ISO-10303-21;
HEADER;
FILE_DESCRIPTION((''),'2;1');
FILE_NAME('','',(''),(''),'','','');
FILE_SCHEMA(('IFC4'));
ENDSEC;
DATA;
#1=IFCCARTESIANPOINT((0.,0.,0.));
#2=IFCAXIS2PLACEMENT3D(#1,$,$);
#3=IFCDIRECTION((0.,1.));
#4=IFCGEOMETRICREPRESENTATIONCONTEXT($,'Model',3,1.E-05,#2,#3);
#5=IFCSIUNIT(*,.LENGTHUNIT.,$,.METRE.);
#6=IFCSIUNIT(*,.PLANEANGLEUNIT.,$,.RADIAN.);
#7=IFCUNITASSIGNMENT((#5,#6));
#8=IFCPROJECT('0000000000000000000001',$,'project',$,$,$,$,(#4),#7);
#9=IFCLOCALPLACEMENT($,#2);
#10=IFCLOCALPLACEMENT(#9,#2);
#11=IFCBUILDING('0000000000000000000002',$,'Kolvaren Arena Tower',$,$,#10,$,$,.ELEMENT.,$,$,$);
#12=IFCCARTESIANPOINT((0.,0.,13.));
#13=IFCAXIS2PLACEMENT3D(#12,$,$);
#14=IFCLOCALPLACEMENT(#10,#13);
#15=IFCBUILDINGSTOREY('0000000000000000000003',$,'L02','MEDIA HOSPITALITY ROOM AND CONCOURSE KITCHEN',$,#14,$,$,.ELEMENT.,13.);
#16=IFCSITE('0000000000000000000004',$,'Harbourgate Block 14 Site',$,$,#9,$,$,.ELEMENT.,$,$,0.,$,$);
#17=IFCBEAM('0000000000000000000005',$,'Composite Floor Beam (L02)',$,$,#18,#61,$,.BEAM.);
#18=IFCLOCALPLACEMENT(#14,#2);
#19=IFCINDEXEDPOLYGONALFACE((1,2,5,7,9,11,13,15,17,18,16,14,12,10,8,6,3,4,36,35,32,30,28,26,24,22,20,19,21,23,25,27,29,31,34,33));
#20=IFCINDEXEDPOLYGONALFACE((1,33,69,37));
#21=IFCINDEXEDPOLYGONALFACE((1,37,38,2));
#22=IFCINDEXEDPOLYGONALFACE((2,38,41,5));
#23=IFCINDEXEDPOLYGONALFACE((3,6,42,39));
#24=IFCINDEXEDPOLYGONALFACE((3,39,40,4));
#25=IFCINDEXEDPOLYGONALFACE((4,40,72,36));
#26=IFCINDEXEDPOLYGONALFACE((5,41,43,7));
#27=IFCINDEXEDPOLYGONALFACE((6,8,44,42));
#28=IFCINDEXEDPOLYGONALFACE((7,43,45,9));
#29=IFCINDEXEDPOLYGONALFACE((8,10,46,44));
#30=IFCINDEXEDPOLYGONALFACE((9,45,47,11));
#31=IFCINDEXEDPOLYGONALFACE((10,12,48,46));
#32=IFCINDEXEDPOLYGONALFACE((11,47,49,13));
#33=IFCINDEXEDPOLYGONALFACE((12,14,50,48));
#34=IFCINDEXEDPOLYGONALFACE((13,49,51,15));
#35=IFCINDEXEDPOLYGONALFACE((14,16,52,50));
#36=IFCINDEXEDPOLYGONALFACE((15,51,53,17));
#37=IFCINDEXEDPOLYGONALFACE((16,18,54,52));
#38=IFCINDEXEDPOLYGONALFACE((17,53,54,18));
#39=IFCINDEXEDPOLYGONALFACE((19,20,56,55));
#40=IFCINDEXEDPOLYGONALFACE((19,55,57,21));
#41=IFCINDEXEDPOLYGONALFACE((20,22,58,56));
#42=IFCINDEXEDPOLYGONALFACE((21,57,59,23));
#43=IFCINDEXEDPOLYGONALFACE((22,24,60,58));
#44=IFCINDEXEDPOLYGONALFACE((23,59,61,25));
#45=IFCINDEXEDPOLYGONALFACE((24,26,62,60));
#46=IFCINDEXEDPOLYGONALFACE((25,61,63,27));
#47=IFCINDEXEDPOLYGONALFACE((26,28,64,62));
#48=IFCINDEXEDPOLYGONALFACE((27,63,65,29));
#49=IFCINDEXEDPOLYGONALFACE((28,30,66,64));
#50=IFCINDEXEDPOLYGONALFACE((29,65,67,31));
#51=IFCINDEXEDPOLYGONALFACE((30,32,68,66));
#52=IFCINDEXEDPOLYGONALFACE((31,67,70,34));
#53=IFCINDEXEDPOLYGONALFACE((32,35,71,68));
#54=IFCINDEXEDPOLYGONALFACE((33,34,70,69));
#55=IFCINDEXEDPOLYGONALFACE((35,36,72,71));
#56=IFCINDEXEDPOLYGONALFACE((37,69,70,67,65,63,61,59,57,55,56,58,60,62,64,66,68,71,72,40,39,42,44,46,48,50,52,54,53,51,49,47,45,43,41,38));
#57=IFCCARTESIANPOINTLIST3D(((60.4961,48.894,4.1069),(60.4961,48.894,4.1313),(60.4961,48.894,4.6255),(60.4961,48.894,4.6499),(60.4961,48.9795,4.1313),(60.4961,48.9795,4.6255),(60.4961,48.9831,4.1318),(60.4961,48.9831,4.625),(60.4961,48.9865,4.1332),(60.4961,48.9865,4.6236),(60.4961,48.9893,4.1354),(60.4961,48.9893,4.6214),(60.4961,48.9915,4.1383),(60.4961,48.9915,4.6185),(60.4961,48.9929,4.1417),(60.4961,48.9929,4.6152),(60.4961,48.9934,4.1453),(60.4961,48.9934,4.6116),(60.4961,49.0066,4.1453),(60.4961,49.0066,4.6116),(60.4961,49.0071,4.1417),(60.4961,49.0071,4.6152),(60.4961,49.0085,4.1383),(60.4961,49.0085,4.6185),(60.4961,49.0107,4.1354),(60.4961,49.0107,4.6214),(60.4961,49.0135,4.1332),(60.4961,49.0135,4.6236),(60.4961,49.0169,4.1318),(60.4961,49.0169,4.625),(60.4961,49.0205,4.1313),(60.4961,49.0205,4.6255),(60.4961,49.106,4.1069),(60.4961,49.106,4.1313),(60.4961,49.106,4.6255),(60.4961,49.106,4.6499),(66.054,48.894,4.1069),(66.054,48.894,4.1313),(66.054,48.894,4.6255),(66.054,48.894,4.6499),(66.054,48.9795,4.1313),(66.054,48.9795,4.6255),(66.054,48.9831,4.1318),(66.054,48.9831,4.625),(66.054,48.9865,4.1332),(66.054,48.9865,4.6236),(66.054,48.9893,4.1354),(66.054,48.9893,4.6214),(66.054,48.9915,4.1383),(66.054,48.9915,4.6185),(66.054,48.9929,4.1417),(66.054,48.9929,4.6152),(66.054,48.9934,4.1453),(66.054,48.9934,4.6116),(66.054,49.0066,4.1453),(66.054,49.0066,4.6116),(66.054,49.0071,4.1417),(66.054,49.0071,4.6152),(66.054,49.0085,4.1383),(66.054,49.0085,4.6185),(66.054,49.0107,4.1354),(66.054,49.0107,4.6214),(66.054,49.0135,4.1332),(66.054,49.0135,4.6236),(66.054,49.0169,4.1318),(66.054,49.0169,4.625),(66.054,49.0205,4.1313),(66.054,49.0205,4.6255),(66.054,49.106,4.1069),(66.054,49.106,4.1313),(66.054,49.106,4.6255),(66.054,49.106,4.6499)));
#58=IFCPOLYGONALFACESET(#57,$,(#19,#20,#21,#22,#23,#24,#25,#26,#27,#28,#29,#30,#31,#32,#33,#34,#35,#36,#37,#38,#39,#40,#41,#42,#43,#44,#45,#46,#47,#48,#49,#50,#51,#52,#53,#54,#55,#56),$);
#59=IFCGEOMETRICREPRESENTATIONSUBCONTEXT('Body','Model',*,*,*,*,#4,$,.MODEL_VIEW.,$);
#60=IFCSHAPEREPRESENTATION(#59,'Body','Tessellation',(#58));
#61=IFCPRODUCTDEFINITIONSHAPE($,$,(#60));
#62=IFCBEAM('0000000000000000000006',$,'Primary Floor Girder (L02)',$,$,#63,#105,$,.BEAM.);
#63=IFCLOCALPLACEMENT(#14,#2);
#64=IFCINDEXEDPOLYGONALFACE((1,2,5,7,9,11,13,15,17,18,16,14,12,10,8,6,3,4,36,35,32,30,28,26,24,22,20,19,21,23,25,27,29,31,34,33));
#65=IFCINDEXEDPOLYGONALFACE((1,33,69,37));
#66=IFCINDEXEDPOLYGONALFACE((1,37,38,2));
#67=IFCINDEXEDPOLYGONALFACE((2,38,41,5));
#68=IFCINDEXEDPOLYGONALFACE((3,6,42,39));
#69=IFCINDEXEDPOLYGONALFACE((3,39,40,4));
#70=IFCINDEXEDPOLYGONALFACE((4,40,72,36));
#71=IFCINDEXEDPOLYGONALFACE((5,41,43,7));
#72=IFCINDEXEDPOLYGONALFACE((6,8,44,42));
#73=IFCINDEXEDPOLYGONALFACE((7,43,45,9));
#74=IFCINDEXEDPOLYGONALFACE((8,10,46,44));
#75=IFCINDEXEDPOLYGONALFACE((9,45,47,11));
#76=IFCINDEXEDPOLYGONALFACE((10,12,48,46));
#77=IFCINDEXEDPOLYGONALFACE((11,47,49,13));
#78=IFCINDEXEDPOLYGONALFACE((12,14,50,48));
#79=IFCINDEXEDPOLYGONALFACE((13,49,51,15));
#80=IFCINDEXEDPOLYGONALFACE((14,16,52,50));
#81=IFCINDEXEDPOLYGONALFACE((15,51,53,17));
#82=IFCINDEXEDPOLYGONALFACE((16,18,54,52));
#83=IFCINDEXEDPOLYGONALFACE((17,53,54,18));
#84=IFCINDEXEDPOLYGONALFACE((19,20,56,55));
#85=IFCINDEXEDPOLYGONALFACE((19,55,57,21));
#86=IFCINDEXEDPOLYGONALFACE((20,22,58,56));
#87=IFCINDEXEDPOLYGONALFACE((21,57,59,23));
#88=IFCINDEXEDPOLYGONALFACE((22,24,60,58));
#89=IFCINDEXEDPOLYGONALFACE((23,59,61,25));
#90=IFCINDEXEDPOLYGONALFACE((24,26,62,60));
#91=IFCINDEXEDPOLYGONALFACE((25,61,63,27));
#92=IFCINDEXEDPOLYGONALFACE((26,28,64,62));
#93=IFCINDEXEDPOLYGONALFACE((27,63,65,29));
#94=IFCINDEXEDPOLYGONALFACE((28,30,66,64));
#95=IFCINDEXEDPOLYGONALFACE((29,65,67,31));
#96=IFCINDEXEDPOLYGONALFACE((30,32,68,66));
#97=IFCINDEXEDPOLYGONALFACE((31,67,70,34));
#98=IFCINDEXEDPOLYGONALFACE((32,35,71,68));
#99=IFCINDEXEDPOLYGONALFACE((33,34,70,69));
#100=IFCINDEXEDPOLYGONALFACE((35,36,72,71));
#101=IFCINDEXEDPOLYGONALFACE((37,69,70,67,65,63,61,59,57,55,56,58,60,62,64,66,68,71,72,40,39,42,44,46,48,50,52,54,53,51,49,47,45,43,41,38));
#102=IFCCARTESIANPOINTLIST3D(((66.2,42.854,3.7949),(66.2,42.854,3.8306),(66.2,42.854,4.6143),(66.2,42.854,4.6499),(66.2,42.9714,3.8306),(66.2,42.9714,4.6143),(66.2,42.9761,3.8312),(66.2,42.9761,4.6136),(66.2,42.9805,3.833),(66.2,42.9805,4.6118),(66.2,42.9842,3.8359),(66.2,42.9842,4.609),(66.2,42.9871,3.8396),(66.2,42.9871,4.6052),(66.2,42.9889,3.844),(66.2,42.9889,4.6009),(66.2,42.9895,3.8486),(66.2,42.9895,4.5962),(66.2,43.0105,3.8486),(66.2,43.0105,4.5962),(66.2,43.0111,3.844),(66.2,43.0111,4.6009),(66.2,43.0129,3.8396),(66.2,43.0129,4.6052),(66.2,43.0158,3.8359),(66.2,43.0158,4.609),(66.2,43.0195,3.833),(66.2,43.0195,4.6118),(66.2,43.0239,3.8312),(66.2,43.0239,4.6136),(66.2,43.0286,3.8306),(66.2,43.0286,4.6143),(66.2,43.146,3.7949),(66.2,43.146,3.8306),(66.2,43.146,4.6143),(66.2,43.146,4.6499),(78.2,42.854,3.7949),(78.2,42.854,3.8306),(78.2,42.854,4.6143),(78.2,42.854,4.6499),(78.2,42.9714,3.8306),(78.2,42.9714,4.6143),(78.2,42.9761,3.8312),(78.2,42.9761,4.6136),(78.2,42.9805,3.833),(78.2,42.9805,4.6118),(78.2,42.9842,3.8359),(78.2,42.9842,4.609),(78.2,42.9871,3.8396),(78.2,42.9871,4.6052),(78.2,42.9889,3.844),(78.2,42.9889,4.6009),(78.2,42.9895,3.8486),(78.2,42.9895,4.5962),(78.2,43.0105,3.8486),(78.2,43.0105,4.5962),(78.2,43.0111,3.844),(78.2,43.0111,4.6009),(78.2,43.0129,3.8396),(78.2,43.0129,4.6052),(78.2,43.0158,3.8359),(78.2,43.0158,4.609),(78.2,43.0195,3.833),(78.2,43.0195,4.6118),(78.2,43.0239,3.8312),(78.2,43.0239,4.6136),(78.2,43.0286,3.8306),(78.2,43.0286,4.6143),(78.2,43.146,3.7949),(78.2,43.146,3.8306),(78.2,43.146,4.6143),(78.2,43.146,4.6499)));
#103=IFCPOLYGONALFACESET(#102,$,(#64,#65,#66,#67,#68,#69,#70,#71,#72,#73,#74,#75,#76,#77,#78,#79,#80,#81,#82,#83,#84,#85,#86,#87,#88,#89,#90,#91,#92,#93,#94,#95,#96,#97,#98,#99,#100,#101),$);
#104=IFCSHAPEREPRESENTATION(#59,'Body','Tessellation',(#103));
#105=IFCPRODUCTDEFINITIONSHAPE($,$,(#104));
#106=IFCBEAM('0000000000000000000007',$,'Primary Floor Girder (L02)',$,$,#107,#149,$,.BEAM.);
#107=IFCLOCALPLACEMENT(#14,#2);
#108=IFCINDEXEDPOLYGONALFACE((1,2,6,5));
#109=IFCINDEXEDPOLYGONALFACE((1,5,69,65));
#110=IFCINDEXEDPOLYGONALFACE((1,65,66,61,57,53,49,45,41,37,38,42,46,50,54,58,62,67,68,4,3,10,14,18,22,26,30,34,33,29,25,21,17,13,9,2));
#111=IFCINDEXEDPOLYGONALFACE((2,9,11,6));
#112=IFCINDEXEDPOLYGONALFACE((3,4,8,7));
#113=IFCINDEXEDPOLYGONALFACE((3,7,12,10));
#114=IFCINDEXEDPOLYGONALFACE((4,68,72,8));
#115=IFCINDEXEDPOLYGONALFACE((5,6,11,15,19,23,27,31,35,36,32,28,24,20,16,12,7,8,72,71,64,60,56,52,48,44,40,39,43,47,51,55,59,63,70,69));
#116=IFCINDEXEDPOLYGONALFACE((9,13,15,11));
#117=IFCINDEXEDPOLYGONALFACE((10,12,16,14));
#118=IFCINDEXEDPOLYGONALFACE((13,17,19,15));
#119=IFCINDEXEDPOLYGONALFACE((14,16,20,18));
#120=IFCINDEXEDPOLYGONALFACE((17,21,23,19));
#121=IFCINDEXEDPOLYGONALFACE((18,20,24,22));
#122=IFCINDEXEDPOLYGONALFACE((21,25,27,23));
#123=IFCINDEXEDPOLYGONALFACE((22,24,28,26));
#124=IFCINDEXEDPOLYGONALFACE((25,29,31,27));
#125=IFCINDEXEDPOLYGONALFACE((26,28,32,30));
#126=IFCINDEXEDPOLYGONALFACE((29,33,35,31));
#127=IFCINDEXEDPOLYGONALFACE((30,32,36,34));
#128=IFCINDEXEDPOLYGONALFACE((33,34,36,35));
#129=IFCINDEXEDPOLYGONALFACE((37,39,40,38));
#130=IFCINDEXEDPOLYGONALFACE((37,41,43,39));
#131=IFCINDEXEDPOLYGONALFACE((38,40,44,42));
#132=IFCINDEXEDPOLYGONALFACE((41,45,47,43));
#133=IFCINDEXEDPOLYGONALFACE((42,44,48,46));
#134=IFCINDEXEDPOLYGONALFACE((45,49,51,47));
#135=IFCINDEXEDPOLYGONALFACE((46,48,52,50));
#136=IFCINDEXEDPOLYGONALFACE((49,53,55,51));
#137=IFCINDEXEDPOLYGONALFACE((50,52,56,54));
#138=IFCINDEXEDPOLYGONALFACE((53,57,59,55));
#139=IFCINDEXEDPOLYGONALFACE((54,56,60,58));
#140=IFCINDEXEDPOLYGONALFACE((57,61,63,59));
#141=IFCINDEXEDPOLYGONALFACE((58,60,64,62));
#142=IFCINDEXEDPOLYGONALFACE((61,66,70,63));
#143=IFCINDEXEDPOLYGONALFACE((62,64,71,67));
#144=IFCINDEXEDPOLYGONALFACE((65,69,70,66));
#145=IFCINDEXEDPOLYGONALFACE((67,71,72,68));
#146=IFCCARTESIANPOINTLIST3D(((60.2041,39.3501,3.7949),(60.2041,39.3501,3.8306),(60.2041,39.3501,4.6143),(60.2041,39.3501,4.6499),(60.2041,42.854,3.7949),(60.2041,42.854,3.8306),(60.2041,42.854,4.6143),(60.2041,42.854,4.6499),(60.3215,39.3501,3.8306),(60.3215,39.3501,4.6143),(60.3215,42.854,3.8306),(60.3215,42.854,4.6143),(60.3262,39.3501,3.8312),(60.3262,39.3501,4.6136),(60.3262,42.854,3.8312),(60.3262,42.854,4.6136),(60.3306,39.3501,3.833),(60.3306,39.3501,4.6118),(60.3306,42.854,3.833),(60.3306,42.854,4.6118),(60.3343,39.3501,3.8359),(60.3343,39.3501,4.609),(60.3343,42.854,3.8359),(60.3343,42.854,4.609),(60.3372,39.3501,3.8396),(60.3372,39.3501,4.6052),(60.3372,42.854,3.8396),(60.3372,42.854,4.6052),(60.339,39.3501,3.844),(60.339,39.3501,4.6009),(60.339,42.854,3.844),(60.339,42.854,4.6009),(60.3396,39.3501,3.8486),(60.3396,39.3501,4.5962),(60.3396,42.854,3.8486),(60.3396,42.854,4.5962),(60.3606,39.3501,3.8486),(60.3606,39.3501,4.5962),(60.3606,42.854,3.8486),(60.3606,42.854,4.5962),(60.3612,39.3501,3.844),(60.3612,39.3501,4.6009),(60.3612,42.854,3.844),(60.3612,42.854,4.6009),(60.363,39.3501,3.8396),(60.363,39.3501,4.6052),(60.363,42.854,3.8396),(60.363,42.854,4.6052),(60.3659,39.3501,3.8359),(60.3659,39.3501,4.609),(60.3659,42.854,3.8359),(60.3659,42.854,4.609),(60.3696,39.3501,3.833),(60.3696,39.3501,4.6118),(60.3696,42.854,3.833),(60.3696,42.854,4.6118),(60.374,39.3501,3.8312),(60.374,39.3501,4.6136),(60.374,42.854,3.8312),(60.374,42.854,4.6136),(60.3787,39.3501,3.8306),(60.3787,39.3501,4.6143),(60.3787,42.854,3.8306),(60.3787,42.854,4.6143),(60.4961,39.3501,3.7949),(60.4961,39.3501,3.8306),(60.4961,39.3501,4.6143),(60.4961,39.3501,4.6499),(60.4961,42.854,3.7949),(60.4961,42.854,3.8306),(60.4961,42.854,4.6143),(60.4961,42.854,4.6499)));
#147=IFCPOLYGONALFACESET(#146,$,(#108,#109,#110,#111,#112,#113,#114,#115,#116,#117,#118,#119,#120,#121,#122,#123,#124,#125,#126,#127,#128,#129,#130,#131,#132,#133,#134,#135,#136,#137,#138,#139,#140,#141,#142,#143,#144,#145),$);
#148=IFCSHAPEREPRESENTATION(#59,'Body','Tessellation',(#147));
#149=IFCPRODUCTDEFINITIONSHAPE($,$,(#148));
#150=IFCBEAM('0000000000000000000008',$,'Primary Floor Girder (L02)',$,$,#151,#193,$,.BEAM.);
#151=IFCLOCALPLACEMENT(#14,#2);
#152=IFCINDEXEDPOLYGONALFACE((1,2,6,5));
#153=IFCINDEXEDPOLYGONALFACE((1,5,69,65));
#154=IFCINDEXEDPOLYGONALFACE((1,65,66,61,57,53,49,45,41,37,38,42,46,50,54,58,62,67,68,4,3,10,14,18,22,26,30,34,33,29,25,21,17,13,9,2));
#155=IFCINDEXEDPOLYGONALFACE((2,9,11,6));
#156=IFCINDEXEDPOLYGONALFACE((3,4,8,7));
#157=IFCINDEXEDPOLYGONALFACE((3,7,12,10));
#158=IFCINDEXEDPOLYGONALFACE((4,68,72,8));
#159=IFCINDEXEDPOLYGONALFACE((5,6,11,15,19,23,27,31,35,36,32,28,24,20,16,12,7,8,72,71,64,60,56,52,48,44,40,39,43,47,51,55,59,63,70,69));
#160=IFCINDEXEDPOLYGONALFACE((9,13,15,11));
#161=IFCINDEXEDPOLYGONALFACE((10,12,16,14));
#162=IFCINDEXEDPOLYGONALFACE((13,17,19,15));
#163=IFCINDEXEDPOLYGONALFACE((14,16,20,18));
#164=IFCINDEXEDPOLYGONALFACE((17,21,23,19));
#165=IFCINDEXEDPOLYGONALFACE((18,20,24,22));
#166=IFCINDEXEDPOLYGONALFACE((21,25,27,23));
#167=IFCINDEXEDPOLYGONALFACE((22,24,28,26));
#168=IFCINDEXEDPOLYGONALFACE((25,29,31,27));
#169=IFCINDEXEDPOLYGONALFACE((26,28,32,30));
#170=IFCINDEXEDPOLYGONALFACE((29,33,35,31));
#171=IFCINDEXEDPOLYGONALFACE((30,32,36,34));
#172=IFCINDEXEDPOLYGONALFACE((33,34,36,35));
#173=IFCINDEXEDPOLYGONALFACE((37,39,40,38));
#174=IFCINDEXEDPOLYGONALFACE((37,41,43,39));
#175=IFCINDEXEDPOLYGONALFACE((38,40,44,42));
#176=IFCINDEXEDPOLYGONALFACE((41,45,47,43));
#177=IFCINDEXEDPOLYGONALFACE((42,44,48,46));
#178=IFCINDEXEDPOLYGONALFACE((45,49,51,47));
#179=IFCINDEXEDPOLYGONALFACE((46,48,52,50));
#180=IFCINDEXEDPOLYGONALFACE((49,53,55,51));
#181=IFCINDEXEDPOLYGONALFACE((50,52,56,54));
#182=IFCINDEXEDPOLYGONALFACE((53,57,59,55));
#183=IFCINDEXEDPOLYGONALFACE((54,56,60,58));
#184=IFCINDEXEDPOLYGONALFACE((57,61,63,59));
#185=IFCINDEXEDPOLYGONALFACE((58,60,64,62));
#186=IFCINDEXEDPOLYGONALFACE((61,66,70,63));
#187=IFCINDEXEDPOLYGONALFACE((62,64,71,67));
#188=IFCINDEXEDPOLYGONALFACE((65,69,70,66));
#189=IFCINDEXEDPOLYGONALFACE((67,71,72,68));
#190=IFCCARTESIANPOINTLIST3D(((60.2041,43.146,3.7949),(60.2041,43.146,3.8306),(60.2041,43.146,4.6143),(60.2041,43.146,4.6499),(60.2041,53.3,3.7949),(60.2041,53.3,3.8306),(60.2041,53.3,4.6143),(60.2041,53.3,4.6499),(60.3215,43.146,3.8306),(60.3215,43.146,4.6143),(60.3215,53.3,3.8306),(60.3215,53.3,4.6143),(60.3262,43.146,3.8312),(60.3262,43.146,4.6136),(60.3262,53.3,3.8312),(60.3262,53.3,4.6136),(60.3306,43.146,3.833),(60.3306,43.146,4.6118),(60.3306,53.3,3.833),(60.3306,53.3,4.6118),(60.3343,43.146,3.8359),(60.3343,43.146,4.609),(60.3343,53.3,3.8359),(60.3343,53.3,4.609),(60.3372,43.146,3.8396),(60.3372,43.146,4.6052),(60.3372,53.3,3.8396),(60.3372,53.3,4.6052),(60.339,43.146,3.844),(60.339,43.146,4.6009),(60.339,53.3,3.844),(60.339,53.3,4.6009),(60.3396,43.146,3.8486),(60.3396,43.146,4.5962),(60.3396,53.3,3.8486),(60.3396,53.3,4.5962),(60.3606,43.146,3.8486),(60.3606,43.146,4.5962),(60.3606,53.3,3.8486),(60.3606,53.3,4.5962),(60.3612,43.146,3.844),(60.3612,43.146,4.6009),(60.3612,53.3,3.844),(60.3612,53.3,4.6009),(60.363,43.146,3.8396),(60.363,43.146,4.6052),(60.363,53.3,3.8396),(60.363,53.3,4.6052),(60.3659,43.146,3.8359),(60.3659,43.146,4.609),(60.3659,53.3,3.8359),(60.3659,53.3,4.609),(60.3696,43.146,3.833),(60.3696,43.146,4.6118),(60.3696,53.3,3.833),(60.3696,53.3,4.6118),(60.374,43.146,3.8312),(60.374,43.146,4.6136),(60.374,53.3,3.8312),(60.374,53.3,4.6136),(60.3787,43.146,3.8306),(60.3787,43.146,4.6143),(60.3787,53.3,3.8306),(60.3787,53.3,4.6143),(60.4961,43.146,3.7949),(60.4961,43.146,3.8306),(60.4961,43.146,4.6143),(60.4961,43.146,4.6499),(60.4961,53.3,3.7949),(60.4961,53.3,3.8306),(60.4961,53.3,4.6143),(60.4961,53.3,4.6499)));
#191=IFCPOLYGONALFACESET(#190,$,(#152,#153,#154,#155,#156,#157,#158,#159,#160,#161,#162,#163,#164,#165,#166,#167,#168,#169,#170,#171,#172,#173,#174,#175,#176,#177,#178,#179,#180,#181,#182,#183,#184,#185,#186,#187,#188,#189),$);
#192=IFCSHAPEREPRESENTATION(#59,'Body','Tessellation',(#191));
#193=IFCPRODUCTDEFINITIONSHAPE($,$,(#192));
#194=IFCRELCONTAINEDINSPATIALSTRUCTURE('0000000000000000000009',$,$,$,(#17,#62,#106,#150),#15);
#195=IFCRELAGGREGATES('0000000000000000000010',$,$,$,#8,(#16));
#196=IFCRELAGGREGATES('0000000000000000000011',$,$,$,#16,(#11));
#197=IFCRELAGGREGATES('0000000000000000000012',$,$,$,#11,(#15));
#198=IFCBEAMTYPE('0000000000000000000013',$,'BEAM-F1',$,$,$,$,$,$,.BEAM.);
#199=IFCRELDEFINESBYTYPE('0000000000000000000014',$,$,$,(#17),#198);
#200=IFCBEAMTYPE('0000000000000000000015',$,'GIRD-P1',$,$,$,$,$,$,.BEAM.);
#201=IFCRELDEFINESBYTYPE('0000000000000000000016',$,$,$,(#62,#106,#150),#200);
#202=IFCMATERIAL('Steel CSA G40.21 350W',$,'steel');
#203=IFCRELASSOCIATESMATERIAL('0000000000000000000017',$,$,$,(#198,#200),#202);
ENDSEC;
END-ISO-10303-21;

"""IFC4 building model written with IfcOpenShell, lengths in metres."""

from ifc_helpers import new_model, si_unit, direction, frame, origin, origin_2d, place, context, subcontext, project, spatial, i_section, extrude, material, material_profile, profile_set, type_object, element, save


model = new_model("IFC4")

# Units and contexts
model_context = context("Model", 3, precision=1e-05, world=origin(), true_north=direction((0.0, 1.0)))
body_context = subcontext(model_context, "Body", "Model", "MODEL_VIEW")
ifc_project = project(units=[si_unit("LENGTHUNIT", "METRE"), si_unit("PLANEANGLEUNIT", "RADIAN")], contexts=[model_context])

# Site, building, storey
site_placement = place(None, origin())
site = spatial("IfcSite", under=ifc_project, at=site_placement, Name="Harbourgate Block 14 Site", CompositionType="ELEMENT", RefElevation=0.0)
building_placement = place(site_placement, origin())
building = spatial("IfcBuilding", under=site, at=building_placement, Name="Kolvaren Arena Tower", CompositionType="ELEMENT")
storey_placement = place(building_placement, frame((0.0, 0.0, 13.0)))
storey = spatial("IfcBuildingStorey", under=building, at=storey_placement, Name="L02", Description="MEDIA HOSPITALITY ROOM AND CONCOURSE KITCHEN", CompositionType="ELEMENT", Elevation=13.0)

# Beams
ifc_material_1 = material(Name="Steel CSA G40.21 350W", Category="steel")
ifc_material_profile_1 = material_profile(ifc_material_1, i_section(OverallWidth=0.2119, OverallDepth=0.543, WebThickness=0.0132, FlangeThickness=0.0244, FilletRadius=0.0139, at=origin_2d()), Name="W530x150")
ifc_profile_set_1 = profile_set([ifc_material_profile_1], Name="Steel CSA G40.21 350W")
beam_type_1 = type_object("IfcBeamType", Name="BEAM-F1", PredefinedType="BEAM", material=ifc_profile_set_1)
beam_1_placement = place(storey_placement, frame((60.4961, 49.0, 4.3784), z_axis=(1.0, 0.0, 0.0), x_axis=(0.0, 1.0, 0.0)))
element("IfcBeam", 1, at=beam_1_placement, inside=storey, type_object=beam_type_1, Name="Composite Floor Beam (L02)", PredefinedType="BEAM", context=body_context, shape_type="SweptSolid", body=[
    extrude(i_section(OverallWidth=0.2119, OverallDepth=0.543, WebThickness=0.0132, FlangeThickness=0.0244, FilletRadius=0.0139, at=origin_2d()), origin(), (0.0, 0.0, 1.0), 5.5579),
])
ifc_material_profile_2 = material_profile(ifc_material_1, i_section(OverallWidth=0.292, OverallDepth=0.855, WebThickness=0.021, FlangeThickness=0.0356, FilletRadius=0.0181, at=origin_2d()), Name="W840x299")
ifc_profile_set_2 = profile_set([ifc_material_profile_2], Name="Steel CSA G40.21 350W")
beam_type_2 = type_object("IfcBeamType", Name="GIRD-P1", PredefinedType="BEAM", material=ifc_profile_set_2)
beam_2_placement = place(storey_placement, frame((66.2, 43.0, 4.2224), z_axis=(1.0, 0.0, 0.0), x_axis=(0.0, 1.0, 0.0)))
element("IfcBeam", 2, at=beam_2_placement, inside=storey, type_object=beam_type_2, Name="Primary Floor Girder (L02)", PredefinedType="BEAM", context=body_context, shape_type="SweptSolid", body=[
    extrude(i_section(OverallWidth=0.292, OverallDepth=0.855, WebThickness=0.021, FlangeThickness=0.0356, FilletRadius=0.0181, at=origin_2d()), origin(), (0.0, 0.0, 1.0), 12.0),
])
beam_3_placement = place(storey_placement, frame((60.3501, 39.3501, 4.2224), z_axis=(0.0, 1.0, 0.0), x_axis=(-1.0, 0.0, 0.0)))
element("IfcBeam", 3, at=beam_3_placement, inside=storey, type_object=beam_type_2, Name="Primary Floor Girder (L02)", PredefinedType="BEAM", context=body_context, shape_type="SweptSolid", body=[
    extrude(i_section(OverallWidth=0.292, OverallDepth=0.855, WebThickness=0.021, FlangeThickness=0.0356, FilletRadius=0.0181, at=origin_2d()), origin(), (0.0, 0.0, 1.0), 3.5039),
])
beam_4_placement = place(storey_placement, frame((60.3501, 43.146, 4.2224), z_axis=(0.0, 1.0, 0.0), x_axis=(-1.0, 0.0, 0.0)))
element("IfcBeam", 4, at=beam_4_placement, inside=storey, type_object=beam_type_2, Name="Primary Floor Girder (L02)", PredefinedType="BEAM", context=body_context, shape_type="SweptSolid", body=[
    extrude(i_section(OverallWidth=0.292, OverallDepth=0.855, WebThickness=0.021, FlangeThickness=0.0356, FilletRadius=0.0181, at=origin_2d()), origin(), (0.0, 0.0, 1.0), 10.1541),
])

save(model, "model.ifc")
